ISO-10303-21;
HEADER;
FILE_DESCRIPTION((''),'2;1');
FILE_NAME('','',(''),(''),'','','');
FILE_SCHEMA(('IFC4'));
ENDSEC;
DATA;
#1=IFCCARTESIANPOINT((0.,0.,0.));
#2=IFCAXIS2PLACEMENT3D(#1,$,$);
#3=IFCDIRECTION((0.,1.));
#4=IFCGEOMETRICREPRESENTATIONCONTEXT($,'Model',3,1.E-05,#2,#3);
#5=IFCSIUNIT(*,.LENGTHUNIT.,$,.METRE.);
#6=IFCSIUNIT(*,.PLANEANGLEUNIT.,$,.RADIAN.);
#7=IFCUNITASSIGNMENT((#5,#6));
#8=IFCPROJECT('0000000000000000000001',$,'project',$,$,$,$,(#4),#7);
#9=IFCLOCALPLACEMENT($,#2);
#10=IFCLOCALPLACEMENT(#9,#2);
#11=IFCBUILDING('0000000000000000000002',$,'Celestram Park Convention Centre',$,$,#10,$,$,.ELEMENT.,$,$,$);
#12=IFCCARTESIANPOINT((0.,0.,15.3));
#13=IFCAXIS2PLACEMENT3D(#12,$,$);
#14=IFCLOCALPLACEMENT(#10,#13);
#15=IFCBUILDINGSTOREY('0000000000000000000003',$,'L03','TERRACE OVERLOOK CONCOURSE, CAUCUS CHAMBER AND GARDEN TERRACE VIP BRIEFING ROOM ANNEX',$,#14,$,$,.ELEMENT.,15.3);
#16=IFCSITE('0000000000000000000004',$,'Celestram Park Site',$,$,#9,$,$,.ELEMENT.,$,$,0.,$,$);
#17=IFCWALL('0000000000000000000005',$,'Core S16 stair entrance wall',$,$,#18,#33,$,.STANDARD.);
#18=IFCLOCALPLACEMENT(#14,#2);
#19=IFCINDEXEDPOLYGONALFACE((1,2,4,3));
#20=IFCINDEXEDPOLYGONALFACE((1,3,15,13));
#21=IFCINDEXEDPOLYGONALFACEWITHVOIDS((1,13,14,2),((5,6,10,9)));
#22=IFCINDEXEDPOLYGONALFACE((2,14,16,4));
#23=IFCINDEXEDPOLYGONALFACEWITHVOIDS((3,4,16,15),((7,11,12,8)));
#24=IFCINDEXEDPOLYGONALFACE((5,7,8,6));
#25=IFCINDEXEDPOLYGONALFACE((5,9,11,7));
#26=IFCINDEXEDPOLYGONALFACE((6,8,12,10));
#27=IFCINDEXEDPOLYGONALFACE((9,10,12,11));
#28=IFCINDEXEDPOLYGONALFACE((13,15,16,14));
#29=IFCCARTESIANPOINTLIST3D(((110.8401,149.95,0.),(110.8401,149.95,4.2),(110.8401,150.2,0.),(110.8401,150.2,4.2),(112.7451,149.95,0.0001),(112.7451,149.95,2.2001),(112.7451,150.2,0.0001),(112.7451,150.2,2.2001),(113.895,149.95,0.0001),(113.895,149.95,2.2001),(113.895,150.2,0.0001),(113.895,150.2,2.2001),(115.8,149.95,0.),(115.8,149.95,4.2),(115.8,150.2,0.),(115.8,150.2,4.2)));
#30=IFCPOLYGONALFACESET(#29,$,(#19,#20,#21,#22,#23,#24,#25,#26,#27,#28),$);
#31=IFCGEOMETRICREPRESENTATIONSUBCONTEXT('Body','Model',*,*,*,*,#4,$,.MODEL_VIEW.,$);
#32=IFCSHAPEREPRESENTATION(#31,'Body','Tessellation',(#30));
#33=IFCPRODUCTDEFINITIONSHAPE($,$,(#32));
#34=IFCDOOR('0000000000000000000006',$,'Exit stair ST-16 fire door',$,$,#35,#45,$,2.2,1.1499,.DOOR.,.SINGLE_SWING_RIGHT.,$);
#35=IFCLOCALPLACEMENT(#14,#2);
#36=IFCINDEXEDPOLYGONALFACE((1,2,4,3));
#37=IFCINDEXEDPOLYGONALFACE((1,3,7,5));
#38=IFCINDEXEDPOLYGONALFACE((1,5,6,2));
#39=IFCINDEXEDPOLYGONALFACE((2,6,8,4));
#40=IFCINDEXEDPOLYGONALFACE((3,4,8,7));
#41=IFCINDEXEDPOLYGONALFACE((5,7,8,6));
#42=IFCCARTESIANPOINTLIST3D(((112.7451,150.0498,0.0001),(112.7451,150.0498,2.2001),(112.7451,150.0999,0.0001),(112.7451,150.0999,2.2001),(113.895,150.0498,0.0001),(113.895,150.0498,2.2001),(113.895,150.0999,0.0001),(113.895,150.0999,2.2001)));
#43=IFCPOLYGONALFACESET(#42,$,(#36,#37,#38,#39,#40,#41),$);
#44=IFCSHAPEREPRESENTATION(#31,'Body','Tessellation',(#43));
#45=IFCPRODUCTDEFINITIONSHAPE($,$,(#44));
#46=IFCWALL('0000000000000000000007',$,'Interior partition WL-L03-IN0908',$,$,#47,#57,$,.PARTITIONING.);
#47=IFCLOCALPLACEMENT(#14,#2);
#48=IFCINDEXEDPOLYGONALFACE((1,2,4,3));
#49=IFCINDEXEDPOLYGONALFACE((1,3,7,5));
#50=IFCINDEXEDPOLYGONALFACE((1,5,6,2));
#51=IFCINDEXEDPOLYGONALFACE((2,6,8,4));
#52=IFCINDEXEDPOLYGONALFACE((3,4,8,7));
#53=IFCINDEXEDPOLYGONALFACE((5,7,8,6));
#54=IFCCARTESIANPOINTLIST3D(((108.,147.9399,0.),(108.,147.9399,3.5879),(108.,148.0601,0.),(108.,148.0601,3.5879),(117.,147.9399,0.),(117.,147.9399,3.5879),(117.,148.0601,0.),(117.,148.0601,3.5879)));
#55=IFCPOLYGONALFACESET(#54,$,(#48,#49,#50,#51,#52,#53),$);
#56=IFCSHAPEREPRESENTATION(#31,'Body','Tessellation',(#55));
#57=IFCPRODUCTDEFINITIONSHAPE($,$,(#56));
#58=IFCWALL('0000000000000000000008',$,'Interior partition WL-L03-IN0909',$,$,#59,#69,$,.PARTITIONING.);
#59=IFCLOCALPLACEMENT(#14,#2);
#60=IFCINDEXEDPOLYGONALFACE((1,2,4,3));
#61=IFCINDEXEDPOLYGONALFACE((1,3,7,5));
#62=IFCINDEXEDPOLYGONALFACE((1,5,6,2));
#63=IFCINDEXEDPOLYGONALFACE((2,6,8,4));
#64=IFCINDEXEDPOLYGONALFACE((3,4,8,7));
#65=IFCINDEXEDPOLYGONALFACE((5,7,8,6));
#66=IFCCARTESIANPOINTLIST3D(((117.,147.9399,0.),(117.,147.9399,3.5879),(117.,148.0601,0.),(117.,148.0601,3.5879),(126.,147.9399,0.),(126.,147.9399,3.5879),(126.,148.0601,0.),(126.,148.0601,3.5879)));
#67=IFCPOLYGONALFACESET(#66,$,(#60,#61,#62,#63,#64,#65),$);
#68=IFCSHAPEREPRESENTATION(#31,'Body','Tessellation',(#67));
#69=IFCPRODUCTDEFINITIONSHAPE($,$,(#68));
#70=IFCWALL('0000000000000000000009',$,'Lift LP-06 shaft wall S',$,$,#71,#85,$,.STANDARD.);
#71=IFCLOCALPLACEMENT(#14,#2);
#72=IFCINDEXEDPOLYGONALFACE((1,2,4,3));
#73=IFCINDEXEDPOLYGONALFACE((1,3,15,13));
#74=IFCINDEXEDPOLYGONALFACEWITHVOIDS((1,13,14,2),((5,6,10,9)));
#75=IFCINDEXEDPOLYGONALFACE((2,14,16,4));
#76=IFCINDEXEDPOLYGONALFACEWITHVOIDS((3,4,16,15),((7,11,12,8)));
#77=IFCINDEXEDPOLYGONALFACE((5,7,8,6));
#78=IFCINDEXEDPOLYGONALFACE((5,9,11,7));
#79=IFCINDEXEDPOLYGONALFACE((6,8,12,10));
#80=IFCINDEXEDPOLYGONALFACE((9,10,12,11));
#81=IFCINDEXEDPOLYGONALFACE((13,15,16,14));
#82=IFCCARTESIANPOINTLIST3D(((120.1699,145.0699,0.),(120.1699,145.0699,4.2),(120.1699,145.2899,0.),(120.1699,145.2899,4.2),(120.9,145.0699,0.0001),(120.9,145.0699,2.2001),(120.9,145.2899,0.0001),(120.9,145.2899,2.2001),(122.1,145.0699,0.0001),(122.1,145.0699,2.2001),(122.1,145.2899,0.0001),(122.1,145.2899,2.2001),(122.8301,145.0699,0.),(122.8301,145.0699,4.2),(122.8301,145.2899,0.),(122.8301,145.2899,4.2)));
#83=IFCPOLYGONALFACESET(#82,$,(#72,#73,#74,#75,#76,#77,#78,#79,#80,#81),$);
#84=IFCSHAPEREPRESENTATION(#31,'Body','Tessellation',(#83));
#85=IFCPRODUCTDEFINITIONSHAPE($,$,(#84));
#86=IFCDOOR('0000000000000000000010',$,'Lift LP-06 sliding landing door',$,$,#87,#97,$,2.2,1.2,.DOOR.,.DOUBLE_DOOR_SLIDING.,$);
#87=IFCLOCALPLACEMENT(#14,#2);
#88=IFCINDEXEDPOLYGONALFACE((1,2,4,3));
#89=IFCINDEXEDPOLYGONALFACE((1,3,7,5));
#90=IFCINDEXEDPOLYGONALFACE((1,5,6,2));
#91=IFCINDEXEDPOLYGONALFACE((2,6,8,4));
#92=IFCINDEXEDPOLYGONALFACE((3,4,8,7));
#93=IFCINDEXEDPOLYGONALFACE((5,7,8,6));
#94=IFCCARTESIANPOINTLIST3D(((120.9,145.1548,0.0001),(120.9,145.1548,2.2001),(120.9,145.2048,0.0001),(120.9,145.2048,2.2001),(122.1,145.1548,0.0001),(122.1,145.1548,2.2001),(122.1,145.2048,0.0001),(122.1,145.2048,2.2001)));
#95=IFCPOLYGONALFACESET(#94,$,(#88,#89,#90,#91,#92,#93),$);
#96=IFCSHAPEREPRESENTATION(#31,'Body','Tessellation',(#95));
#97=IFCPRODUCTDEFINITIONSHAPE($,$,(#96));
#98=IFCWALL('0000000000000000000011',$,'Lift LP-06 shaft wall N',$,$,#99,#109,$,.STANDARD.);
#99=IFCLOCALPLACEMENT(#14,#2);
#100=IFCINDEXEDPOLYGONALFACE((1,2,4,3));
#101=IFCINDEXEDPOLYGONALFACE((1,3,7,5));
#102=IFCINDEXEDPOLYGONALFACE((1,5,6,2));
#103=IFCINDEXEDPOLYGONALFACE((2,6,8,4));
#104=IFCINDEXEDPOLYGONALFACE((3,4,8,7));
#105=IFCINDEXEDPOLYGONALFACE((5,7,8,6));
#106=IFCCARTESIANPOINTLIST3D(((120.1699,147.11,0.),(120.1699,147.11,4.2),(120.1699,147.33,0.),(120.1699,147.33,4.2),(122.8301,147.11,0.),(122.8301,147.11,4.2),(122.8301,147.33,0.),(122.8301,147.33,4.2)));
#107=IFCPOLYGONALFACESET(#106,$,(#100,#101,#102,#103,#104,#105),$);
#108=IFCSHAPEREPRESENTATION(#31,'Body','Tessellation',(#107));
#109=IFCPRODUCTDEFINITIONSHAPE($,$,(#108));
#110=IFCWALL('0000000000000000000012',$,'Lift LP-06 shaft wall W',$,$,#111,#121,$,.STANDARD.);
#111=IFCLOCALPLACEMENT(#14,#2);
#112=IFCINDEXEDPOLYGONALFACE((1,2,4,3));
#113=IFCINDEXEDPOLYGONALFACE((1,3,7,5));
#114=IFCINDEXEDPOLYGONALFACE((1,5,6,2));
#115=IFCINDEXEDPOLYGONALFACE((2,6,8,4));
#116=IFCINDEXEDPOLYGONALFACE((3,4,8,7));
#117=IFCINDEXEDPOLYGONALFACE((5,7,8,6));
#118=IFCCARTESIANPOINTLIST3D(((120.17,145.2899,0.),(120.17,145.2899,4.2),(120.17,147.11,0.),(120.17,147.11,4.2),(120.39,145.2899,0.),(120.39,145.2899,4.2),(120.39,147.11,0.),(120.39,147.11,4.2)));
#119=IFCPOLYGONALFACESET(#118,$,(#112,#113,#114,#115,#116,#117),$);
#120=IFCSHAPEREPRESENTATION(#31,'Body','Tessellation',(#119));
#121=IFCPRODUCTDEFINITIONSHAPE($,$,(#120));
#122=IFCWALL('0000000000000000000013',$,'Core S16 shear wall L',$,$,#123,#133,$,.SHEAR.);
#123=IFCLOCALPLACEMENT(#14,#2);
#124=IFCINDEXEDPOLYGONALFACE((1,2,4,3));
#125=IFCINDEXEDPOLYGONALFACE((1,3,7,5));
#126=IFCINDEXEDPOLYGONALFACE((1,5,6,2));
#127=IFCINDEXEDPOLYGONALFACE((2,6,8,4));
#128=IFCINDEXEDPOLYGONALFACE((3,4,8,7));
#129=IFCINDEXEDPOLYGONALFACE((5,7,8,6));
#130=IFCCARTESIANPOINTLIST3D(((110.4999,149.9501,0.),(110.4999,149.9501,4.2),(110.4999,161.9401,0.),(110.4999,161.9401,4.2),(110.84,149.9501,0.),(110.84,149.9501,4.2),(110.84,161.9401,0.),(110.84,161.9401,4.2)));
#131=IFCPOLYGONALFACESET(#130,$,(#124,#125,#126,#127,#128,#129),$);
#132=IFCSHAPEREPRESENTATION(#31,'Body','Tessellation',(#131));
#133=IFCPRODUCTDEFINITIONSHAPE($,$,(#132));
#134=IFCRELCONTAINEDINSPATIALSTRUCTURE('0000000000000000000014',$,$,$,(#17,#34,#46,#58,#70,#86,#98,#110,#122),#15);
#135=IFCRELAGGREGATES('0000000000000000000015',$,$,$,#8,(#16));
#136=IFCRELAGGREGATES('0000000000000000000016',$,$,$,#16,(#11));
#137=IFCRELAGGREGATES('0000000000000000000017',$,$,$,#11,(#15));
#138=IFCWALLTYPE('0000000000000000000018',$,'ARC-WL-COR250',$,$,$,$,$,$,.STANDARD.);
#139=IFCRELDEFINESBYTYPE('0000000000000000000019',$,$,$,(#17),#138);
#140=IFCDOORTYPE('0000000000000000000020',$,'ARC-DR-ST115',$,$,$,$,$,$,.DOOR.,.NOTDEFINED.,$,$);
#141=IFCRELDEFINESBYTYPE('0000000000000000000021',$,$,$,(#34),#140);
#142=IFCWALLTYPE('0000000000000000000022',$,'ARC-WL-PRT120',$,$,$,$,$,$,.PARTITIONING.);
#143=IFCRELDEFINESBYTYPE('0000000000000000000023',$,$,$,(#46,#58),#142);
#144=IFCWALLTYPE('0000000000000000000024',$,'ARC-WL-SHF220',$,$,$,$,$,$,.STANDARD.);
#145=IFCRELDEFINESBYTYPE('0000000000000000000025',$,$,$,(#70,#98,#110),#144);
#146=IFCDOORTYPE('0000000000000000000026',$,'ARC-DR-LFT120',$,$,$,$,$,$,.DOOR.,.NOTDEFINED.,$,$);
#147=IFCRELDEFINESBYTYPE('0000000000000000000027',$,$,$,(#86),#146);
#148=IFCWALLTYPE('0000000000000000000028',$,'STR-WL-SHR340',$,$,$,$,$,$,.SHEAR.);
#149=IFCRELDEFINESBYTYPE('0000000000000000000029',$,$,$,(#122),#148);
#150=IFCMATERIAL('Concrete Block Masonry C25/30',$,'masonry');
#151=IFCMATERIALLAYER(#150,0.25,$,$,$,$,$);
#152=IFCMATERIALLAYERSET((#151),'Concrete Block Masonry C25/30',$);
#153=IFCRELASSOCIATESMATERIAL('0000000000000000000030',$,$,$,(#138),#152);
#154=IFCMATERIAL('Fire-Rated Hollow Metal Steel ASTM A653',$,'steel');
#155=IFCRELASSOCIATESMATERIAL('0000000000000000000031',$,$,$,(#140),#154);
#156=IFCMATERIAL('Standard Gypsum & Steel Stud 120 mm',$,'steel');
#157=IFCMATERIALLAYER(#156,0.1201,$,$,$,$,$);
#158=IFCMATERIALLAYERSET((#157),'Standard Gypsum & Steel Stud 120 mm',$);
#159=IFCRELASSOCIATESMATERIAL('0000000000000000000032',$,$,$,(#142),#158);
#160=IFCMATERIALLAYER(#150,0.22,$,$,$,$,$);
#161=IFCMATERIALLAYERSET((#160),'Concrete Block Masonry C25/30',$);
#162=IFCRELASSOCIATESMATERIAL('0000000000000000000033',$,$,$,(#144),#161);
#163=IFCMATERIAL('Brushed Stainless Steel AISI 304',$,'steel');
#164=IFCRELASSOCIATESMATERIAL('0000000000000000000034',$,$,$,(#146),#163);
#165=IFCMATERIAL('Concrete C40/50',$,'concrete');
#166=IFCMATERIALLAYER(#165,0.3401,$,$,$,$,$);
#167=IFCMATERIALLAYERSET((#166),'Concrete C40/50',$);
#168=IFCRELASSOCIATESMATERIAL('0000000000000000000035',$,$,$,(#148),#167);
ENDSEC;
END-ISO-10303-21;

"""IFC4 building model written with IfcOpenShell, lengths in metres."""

from ifc_helpers import new_model, si_unit, direction, frame, frame_2d, origin, place, context, subcontext, project, spatial, rectangle, extrude, material, layer, layer_set, type_object, element, fill, save


model = new_model("IFC4")

# Units and contexts
model_context = context("Model", 3, precision=1e-05, world=origin(), true_north=direction((0.0, 1.0)))
body_context = subcontext(model_context, "Body", "Model", "MODEL_VIEW")
ifc_project = project(units=[si_unit("LENGTHUNIT", "METRE"), si_unit("PLANEANGLEUNIT", "RADIAN")], contexts=[model_context])

# Site, building, storey
site_placement = place(None, origin())
site = spatial("IfcSite", under=ifc_project, at=site_placement, Name="Celestram Park Site", CompositionType="ELEMENT", RefElevation=0.0)
building_placement = place(site_placement, origin())
building = spatial("IfcBuilding", under=site, at=building_placement, Name="Celestram Park Convention Centre", CompositionType="ELEMENT")
storey_placement = place(building_placement, frame((0.0, 0.0, 15.3)))
storey = spatial("IfcBuildingStorey", under=building, at=storey_placement, Name="L03", Description="TERRACE OVERLOOK CONCOURSE, CAUCUS CHAMBER AND GARDEN TERRACE VIP BRIEFING ROOM ANNEX", CompositionType="ELEMENT", Elevation=15.3)

# Wall, opening, door
ifc_material_1 = material(Name="Concrete Block Masonry C25/30", Category="masonry")
ifc_layer_1 = layer(ifc_material_1, 0.25)
ifc_layer_set_1 = layer_set([ifc_layer_1], Name="Concrete Block Masonry C25/30")
wall_type_1 = type_object("IfcWallType", Name="ARC-WL-COR250", PredefinedType="STANDARD", material=ifc_layer_set_1)
wall_1_placement = place(storey_placement, frame((110.8401, 150.075, 0.0), z_axis=(0.0, 0.0, 1.0), x_axis=(1.0, 0.0, 0.0)))
wall_1 = element("IfcWall", 1, at=wall_1_placement, inside=storey, type_object=wall_type_1, Name="Core S16 stair entrance wall", PredefinedType="STANDARD", context=body_context, shape_type="SweptSolid", body=[
    extrude(rectangle(XDim=4.96, YDim=0.25, at=frame_2d((2.48, 0.0))), origin(), (0.0, 0.0, 1.0), 4.2),
])
opening_1_placement = place(wall_1_placement, frame((1.905, 0.0, 0.0)))
opening_1 = element("IfcOpeningElement", 2, at=opening_1_placement, cuts=wall_1, PredefinedType="OPENING", context=body_context, shape_type="SweptSolid", body=[
    extrude(rectangle(XDim=1.1499, YDim=2.2, at=frame_2d((0.575, 1.1001))), frame((0.0, 0.135, 0.0), z_axis=(0.0, -1.0, 0.0), x_axis=(1.0, 0.0, 0.0)), (0.0, 0.0, 1.0), 0.27),
])
ifc_material_2 = material(Name="Fire-Rated Hollow Metal Steel ASTM A653", Category="steel")
door_type_1 = type_object("IfcDoorType", Name="ARC-DR-ST115", OperationType="NOTDEFINED", PredefinedType="DOOR", material=ifc_material_2)
door_1_placement = place(opening_1_placement, origin())
door_1 = element("IfcDoor", 3, at=door_1_placement, inside=storey, type_object=door_type_1, Name="Exit stair ST-16 fire door", OperationType="SINGLE_SWING_RIGHT", OverallHeight=2.2, OverallWidth=1.1499, PredefinedType="DOOR", context=body_context, shape_type="SweptSolid", body=[
    extrude(rectangle(XDim=1.1499, YDim=2.2, at=frame_2d((0.575, 1.1001))), frame((0.0, 0.0249, 0.0), z_axis=(0.0, -1.0, 0.0), x_axis=(1.0, 0.0, 0.0)), (0.0, 0.0, 1.0), 0.05),
])
fill(opening_1, door_1)

# Walls
ifc_material_3 = material(Name="Standard Gypsum & Steel Stud 120 mm", Category="steel")
ifc_layer_2 = layer(ifc_material_3, 0.1201)
ifc_layer_set_2 = layer_set([ifc_layer_2], Name="Standard Gypsum & Steel Stud 120 mm")
wall_type_2 = type_object("IfcWallType", Name="ARC-WL-PRT120", PredefinedType="PARTITIONING", material=ifc_layer_set_2)
for number, where, z_axis, x_axis, name in (
    (4, (108.0, 148.0, 0.0), (0.0, 0.0, 1.0), (1.0, 0.0, 0.0), "Interior partition WL-L03-IN0908"),
    (5, (117.0, 148.0, 0.0), (0.0, 0.0, 1.0), (1.0, 0.0, 0.0), "Interior partition WL-L03-IN0909"),
):
    element("IfcWall", number, at=place(storey_placement, frame(where, z_axis=z_axis, x_axis=x_axis)), inside=storey, type_object=wall_type_2, Name=name, PredefinedType="PARTITIONING", context=body_context, shape_type="SweptSolid", body=[
        extrude(rectangle(XDim=9.0, YDim=0.1201, at=frame_2d((4.5, 0.0))), origin(), (0.0, 0.0, 1.0), 3.5879),
    ])

# Wall, opening, door
ifc_layer_3 = layer(ifc_material_1, 0.22)
ifc_layer_set_3 = layer_set([ifc_layer_3], Name="Concrete Block Masonry C25/30")
wall_type_3 = type_object("IfcWallType", Name="ARC-WL-SHF220", PredefinedType="STANDARD", material=ifc_layer_set_3)
wall_2_placement = place(storey_placement, frame((120.1699, 145.1799, 0.0), z_axis=(0.0, 0.0, 1.0), x_axis=(1.0, 0.0, 0.0)))
wall_2 = element("IfcWall", 6, at=wall_2_placement, inside=storey, type_object=wall_type_3, Name="Lift LP-06 shaft wall S", PredefinedType="STANDARD", context=body_context, shape_type="SweptSolid", body=[
    extrude(rectangle(XDim=2.6602, YDim=0.22, at=frame_2d((1.3301, 0.0))), origin(), (0.0, 0.0, 1.0), 4.2),
])
opening_2_placement = place(wall_2_placement, frame((0.73, 0.0, 0.0)))
opening_2 = element("IfcOpeningElement", 7, at=opening_2_placement, cuts=wall_2, PredefinedType="OPENING", context=body_context, shape_type="SweptSolid", body=[
    extrude(rectangle(XDim=1.2, YDim=2.2, at=frame_2d((0.6001, 1.1001))), frame((0.0, 0.1199, 0.0), z_axis=(0.0, -1.0, 0.0), x_axis=(1.0, 0.0, 0.0)), (0.0, 0.0, 1.0), 0.24),
])
ifc_material_4 = material(Name="Brushed Stainless Steel AISI 304", Category="steel")
door_type_2 = type_object("IfcDoorType", Name="ARC-DR-LFT120", OperationType="NOTDEFINED", PredefinedType="DOOR", material=ifc_material_4)
door_2_placement = place(opening_2_placement, origin())
door_2 = element("IfcDoor", 8, at=door_2_placement, inside=storey, type_object=door_type_2, Name="Lift LP-06 sliding landing door", OperationType="DOUBLE_DOOR_SLIDING", OverallHeight=2.2, OverallWidth=1.2, PredefinedType="DOOR", context=body_context, shape_type="SweptSolid", body=[
    extrude(rectangle(XDim=1.2, YDim=2.2, at=frame_2d((0.6001, 1.1001))), frame((0.0, 0.0249, 0.0), z_axis=(0.0, -1.0, 0.0), x_axis=(1.0, 0.0, 0.0)), (0.0, 0.0, 1.0), 0.05),
])
fill(opening_2, door_2)

# Walls
wall_3_placement = place(storey_placement, frame((122.8301, 147.22, 0.0), z_axis=(0.0, 0.0, 1.0), x_axis=(-1.0, 0.0, 0.0)))
element("IfcWall", 9, at=wall_3_placement, inside=storey, type_object=wall_type_3, Name="Lift LP-06 shaft wall N", PredefinedType="STANDARD", context=body_context, shape_type="SweptSolid", body=[
    extrude(rectangle(XDim=2.6602, YDim=0.22, at=frame_2d((1.3301, 0.0))), origin(), (0.0, 0.0, 1.0), 4.2),
])
for number, where, z_axis, x_axis, name in (
    (10, (120.28, 147.1101, 0.0), (0.0, 0.0, 1.0), (0.0, -1.0, 0.0), "Lift LP-06 shaft wall W"),
):
    element("IfcWall", number, at=place(storey_placement, frame(where, z_axis=z_axis, x_axis=x_axis)), inside=storey, type_object=wall_type_3, Name=name, PredefinedType="STANDARD", context=body_context, shape_type="SweptSolid", body=[
        extrude(rectangle(XDim=1.8201, YDim=0.22, at=frame_2d((0.9102, 0.0))), origin(), (0.0, 0.0, 1.0), 4.2),
    ])
ifc_material_5 = material(Name="Concrete C40/50", Category="concrete")
ifc_layer_4 = layer(ifc_material_5, 0.3401)
ifc_layer_set_4 = layer_set([ifc_layer_4], Name="Concrete C40/50")
wall_type_4 = type_object("IfcWallType", Name="STR-WL-SHR340", PredefinedType="SHEAR", material=ifc_layer_set_4)
wall_4_placement = place(storey_placement, frame((110.6699, 149.95, 0.0), z_axis=(0.0, 0.0, 1.0), x_axis=(0.0, 1.0, 0.0)))
element("IfcWall", 11, at=wall_4_placement, inside=storey, type_object=wall_type_4, Name="Core S16 shear wall L", PredefinedType="SHEAR", context=body_context, shape_type="SweptSolid", body=[
    extrude(rectangle(XDim=11.99, YDim=0.3401, at=frame_2d((5.9951, 0.0))), origin(), (0.0, 0.0, 1.0), 4.2),
])

save(model, "model.ifc")
